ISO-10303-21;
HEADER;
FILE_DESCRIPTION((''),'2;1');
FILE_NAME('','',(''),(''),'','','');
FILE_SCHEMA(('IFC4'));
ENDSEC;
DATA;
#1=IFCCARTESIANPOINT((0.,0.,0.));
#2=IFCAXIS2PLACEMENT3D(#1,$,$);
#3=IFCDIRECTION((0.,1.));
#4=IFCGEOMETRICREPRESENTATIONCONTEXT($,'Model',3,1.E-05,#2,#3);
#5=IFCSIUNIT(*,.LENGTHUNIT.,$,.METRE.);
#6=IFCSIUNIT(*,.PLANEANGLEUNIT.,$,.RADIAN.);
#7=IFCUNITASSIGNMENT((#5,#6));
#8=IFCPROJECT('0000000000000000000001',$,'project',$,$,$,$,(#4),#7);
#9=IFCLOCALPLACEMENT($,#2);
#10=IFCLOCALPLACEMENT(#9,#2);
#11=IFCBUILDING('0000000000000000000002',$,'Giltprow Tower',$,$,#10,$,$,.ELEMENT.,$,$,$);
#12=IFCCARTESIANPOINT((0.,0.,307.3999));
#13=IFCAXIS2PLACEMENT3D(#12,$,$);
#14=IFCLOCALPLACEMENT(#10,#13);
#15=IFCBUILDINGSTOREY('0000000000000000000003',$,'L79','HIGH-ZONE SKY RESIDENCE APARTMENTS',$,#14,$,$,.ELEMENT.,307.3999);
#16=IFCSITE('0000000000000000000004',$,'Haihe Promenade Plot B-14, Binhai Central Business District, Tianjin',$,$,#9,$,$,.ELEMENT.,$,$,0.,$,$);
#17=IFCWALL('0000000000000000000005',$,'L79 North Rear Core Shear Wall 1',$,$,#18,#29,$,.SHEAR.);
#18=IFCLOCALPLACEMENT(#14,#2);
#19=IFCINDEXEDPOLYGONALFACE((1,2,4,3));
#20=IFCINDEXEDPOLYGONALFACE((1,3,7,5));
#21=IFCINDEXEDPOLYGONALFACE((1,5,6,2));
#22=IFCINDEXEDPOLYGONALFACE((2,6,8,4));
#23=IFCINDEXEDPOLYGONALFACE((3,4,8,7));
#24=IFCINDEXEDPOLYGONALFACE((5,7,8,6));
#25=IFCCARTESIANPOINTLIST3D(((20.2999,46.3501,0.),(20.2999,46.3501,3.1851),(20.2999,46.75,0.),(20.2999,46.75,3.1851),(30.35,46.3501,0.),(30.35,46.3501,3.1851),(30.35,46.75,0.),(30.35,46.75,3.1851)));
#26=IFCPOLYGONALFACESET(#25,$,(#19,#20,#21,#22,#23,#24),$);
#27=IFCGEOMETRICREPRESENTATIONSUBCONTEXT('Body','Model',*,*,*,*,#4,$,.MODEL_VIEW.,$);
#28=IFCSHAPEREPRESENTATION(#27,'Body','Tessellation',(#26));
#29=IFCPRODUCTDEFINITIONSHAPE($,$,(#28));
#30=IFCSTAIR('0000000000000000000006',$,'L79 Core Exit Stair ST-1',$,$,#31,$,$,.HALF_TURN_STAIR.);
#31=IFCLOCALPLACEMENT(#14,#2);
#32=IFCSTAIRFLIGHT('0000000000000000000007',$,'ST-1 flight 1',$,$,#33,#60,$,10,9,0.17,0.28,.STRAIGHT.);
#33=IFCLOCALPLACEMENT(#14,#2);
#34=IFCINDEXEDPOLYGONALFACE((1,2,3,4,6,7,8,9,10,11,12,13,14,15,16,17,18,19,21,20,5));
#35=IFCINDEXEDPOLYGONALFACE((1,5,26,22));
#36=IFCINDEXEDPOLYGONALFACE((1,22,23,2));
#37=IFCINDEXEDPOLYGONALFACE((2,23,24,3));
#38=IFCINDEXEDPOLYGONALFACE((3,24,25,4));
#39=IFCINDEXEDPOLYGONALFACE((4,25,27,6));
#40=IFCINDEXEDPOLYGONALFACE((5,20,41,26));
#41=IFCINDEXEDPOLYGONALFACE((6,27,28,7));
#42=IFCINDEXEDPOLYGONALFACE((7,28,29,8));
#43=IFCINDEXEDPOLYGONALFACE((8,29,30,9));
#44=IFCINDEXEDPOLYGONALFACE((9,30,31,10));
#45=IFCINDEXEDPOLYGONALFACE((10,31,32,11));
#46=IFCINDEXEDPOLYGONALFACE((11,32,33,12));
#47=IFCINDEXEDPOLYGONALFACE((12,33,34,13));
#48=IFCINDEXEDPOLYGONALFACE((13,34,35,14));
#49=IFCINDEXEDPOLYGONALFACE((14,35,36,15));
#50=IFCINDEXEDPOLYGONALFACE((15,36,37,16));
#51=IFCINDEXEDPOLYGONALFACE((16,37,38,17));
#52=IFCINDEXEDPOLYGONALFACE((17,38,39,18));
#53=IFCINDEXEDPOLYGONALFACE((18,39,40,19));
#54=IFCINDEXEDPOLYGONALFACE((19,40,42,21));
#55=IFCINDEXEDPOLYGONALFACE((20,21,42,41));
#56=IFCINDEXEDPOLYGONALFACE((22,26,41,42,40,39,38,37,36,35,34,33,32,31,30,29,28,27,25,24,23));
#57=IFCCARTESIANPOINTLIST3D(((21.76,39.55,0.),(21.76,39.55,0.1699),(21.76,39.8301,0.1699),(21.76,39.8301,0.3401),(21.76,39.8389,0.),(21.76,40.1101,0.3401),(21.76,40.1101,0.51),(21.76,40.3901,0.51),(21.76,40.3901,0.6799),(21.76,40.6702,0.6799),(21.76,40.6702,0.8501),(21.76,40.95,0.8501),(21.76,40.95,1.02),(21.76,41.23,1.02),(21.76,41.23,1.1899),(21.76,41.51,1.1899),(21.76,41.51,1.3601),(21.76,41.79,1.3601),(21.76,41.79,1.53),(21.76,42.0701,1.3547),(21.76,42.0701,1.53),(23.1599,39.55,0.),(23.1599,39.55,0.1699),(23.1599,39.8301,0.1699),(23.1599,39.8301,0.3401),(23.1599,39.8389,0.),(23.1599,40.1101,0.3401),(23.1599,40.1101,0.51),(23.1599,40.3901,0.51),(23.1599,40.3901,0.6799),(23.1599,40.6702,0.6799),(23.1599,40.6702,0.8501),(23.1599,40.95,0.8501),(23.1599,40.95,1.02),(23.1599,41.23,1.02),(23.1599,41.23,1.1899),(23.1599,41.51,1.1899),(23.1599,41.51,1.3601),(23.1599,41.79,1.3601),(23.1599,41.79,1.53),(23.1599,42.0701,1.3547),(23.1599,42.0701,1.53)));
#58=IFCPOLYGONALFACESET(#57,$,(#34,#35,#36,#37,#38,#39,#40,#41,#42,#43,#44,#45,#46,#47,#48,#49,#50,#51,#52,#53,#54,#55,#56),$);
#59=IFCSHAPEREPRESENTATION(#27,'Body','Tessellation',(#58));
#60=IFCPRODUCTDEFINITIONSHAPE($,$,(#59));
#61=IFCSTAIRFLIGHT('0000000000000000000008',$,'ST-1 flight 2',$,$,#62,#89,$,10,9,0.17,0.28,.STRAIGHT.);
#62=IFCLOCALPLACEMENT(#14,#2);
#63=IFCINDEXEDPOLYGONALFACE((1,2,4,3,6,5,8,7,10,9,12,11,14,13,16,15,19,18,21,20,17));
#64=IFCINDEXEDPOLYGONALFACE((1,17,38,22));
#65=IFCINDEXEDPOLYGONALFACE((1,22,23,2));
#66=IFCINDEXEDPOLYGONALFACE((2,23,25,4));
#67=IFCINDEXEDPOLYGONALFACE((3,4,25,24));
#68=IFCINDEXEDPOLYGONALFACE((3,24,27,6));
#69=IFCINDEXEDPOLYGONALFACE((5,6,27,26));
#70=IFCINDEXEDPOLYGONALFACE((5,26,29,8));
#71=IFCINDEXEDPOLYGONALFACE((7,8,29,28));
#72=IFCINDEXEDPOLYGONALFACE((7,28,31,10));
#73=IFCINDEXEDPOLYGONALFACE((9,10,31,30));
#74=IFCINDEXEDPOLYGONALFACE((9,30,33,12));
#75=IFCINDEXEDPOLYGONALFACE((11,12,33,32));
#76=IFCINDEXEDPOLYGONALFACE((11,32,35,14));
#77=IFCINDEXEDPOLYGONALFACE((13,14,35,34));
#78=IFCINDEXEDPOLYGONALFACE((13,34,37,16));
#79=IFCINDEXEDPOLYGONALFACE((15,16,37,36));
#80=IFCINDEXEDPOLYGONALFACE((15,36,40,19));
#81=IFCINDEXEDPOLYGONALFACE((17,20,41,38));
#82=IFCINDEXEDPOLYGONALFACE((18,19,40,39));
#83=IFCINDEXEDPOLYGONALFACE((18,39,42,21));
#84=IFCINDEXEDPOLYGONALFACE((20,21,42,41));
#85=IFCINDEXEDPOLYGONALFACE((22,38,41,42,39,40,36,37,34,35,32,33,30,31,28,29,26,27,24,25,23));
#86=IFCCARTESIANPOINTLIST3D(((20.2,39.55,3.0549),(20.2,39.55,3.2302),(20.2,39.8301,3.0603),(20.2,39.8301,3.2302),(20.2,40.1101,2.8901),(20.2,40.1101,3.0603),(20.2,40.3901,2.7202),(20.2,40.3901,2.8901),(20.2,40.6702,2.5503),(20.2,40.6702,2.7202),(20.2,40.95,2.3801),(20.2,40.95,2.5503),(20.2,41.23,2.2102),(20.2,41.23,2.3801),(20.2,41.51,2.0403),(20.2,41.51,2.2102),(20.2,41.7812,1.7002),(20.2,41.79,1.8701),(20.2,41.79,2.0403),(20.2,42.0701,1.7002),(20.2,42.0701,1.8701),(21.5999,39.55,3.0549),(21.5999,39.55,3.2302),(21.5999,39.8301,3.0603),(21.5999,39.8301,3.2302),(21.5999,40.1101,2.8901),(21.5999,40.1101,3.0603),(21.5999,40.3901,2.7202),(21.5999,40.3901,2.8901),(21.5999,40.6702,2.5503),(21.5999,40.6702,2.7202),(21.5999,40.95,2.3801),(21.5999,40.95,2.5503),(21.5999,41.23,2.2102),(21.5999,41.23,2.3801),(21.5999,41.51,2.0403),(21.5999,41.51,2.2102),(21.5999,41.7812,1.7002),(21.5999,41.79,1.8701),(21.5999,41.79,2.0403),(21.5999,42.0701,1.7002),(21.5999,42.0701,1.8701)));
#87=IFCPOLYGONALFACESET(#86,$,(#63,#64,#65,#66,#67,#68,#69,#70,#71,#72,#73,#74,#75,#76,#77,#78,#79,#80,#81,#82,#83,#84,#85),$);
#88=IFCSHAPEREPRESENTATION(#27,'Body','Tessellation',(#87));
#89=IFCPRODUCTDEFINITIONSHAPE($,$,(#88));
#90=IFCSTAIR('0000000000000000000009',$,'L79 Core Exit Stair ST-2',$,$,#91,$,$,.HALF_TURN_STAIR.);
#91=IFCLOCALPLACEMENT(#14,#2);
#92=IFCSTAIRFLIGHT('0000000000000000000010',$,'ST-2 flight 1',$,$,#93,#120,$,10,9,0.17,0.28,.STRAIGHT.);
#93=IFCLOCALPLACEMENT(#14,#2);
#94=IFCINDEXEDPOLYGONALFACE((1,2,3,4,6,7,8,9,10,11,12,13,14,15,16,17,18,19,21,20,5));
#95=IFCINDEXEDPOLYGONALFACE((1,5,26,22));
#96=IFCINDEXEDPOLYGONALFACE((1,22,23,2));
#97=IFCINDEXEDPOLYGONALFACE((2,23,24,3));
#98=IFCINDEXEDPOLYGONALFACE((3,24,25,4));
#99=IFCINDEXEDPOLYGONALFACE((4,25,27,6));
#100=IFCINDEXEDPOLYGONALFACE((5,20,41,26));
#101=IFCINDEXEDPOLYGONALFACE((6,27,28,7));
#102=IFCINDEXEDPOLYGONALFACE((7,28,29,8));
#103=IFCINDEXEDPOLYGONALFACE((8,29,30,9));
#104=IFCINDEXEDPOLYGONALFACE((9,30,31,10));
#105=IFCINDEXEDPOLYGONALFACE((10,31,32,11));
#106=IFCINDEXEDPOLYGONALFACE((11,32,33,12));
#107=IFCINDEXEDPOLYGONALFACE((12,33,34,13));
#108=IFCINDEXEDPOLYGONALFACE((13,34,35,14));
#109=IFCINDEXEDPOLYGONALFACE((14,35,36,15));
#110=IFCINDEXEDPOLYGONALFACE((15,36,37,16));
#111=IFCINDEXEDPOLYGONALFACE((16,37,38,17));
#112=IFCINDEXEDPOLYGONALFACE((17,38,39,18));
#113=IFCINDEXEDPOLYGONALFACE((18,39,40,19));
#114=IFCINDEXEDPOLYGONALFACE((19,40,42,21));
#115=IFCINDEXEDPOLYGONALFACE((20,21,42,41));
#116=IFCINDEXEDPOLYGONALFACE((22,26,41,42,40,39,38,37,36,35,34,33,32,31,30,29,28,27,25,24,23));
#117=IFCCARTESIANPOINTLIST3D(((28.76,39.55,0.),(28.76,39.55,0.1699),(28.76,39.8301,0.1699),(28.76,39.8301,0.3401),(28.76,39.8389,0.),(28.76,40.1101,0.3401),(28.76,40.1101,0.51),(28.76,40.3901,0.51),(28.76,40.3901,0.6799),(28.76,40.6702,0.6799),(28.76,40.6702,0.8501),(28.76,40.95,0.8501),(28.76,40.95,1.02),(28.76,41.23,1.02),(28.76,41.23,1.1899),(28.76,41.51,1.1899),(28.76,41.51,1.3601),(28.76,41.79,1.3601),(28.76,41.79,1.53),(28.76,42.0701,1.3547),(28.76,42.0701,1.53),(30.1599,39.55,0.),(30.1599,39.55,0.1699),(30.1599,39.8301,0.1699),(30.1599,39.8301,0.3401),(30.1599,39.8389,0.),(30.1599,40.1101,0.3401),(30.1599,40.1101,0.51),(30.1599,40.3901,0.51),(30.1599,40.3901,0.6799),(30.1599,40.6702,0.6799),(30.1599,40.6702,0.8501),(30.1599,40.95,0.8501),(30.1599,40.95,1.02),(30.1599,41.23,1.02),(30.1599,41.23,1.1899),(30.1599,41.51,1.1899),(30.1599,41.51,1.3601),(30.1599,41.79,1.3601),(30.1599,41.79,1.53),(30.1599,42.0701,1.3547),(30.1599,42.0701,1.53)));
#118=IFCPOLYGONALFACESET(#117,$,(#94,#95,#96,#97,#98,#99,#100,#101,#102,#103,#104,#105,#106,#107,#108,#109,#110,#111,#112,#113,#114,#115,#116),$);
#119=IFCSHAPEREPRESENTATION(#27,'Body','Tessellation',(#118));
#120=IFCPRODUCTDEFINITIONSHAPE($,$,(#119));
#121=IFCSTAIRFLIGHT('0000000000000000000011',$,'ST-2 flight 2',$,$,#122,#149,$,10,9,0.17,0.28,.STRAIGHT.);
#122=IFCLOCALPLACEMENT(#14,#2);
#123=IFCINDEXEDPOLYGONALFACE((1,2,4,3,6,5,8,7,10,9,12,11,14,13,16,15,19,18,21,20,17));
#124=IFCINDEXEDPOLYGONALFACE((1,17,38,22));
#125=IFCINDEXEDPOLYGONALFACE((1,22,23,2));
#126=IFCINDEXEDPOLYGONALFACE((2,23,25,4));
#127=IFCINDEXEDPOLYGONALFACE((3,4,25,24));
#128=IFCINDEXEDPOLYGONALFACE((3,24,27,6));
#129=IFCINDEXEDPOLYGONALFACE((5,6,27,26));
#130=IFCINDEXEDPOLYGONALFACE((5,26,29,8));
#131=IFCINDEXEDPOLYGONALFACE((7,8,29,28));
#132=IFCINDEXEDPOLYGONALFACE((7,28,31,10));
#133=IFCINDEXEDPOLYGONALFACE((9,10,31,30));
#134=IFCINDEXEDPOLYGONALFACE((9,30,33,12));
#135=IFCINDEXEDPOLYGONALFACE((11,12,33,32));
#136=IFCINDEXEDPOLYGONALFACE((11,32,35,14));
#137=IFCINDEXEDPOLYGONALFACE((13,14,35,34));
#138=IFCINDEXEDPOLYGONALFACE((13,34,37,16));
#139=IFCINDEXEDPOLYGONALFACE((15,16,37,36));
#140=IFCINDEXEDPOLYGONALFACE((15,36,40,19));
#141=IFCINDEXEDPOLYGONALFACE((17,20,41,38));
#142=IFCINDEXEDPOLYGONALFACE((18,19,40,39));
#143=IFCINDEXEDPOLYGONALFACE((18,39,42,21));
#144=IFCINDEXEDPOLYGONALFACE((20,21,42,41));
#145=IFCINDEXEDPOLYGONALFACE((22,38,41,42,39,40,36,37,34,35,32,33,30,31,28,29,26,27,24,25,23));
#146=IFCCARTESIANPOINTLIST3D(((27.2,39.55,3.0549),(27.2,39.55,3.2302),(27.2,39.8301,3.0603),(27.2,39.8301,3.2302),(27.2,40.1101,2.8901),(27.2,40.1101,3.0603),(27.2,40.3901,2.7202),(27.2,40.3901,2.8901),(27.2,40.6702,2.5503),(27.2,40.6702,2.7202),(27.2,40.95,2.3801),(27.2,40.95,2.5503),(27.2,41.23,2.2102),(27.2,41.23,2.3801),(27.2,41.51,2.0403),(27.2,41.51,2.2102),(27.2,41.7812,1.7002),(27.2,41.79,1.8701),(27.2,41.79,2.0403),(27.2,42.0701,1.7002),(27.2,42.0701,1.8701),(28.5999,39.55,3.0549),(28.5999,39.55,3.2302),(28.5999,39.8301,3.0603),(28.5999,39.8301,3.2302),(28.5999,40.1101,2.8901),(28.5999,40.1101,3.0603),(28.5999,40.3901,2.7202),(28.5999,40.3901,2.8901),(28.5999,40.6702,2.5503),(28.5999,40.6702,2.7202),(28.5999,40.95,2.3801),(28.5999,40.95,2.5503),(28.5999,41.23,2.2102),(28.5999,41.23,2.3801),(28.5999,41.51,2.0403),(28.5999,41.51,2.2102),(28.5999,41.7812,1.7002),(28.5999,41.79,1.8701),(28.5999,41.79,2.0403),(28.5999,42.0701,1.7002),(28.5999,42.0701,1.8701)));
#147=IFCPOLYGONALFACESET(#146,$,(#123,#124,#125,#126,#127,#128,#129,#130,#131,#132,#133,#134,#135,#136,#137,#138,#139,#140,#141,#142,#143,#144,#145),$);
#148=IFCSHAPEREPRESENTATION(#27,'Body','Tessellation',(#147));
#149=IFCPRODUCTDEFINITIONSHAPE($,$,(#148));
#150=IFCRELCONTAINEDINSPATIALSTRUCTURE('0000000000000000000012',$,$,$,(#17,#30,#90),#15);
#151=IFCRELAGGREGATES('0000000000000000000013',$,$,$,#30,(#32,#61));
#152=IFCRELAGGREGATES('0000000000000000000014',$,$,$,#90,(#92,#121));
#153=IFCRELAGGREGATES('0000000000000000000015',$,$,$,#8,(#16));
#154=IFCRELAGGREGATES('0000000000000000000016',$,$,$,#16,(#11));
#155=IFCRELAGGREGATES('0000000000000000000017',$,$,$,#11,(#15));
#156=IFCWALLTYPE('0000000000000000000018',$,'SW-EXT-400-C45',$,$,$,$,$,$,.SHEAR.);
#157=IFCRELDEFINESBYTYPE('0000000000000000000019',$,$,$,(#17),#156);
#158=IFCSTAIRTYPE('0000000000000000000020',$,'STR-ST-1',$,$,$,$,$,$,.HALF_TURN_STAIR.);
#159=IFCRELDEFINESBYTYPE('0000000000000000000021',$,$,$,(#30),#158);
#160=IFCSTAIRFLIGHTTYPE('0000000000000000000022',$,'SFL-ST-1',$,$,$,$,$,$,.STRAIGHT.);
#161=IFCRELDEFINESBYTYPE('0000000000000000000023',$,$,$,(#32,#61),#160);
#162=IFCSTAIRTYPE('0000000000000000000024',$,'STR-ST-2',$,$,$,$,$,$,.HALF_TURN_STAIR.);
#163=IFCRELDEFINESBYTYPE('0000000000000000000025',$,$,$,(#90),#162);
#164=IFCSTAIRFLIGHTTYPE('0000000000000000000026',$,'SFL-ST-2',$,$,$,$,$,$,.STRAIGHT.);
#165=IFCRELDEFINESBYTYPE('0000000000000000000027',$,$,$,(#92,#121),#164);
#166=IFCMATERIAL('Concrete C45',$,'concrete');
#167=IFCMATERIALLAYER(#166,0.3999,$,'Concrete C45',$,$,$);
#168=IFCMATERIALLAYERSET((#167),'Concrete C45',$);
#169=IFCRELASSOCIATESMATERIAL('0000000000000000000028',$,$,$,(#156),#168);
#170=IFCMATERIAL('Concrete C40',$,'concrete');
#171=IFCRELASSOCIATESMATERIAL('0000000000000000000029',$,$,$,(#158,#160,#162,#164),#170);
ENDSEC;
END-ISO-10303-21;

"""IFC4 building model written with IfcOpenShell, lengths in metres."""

from ifc_helpers import new_model, si_unit, direction, frame, frame_2d, origin, place, context, subcontext, project, spatial, polyline, rectangle, outline, extrude, material, layer, layer_set, type_object, element, aggregate, save


model = new_model("IFC4")

# Units and contexts
model_context = context("Model", 3, precision=1e-05, world=origin(), true_north=direction((0.0, 1.0)))
body_context = subcontext(model_context, "Body", "Model", "MODEL_VIEW")
ifc_project = project(units=[si_unit("LENGTHUNIT", "METRE"), si_unit("PLANEANGLEUNIT", "RADIAN")], contexts=[model_context])

# Site, building, storey
site_placement = place(None, origin())
site = spatial("IfcSite", under=ifc_project, at=site_placement, Name="Haihe Promenade Plot B-14, Binhai Central Business District, Tianjin", CompositionType="ELEMENT", RefElevation=0.0)
building_placement = place(site_placement, origin())
building = spatial("IfcBuilding", under=site, at=building_placement, Name="Giltprow Tower", CompositionType="ELEMENT")
storey_placement = place(building_placement, frame((0.0, 0.0, 307.3999)))
storey = spatial("IfcBuildingStorey", under=building, at=storey_placement, Name="L79", Description="HIGH-ZONE SKY RESIDENCE APARTMENTS", CompositionType="ELEMENT", Elevation=307.3999)

# Shared definitions
ifc_material_1 = material(Name="Concrete C45", Category="concrete")

# Shared definitions
ifc_material_2 = material(Name="Concrete C40", Category="concrete")

# Wall
ifc_layer_1 = layer(ifc_material_1, 0.3999, Name="Concrete C45")
ifc_layer_set_1 = layer_set([ifc_layer_1], Name="Concrete C45")
wall_type_1 = type_object("IfcWallType", Name="SW-EXT-400-C45", PredefinedType="SHEAR", material=ifc_layer_set_1)
wall_1_placement = place(storey_placement, frame((20.3, 46.55, 0.0), z_axis=(0.0, 0.0, 1.0), x_axis=(1.0, 0.0, 0.0)))
element("IfcWall", 1, at=wall_1_placement, inside=storey, type_object=wall_type_1, Name="L79 North Rear Core Shear Wall 1", PredefinedType="SHEAR", context=body_context, shape_type="SweptSolid", body=[
    extrude(rectangle(XDim=10.05, YDim=0.3999, at=frame_2d((5.0249, 0.0))), origin(), (0.0, 0.0, 1.0), 3.1851),
])

# Stairs, stair flights
stair_type_1 = type_object("IfcStairType", Name="STR-ST-1", PredefinedType="HALF_TURN_STAIR", material=ifc_material_2)
stair_1_placement = place(storey_placement, origin())
stair_1 = element("IfcStair", 2, at=stair_1_placement, inside=storey, type_object=stair_type_1, Name="L79 Core Exit Stair ST-1", PredefinedType="HALF_TURN_STAIR")
stair_flight_type_1 = type_object("IfcStairFlightType", Name="SFL-ST-1", PredefinedType="STRAIGHT", material=ifc_material_2)
stair_flight_1_placement = place(storey_placement, frame((22.46, 39.55, 0.0), z_axis=(0.0, 0.0, 1.0), x_axis=(0.0, 1.0, 0.0)))
stair_flight_1 = element("IfcStairFlight", 3, at=stair_flight_1_placement, type_object=stair_flight_type_1, Name="ST-1 flight 1", NumberOfRisers=10, NumberOfTreads=9, PredefinedType="STRAIGHT", RiserHeight=0.17, TreadLength=0.28, context=body_context, shape_type="SweptSolid", body=[
    extrude(outline(polyline([(0.0, 0.0), (0.0, 0.1699), (0.28, 0.1699), (0.28, 0.3401), (0.5601, 0.3401), (0.5601, 0.51), (0.8401, 0.51), (0.8401, 0.6799), (1.1201, 0.6799), (1.1201, 0.8501), (1.3999, 0.8501), (1.3999, 1.02), (1.6799, 1.02), (1.6799, 1.1899), (1.96, 1.1899), (1.96, 1.3601), (2.24, 1.3601), (2.24, 1.53), (2.52, 1.53), (2.52, 1.7), (2.52, 1.3547), (0.2888, 0.0), (0.0, 0.0)])), frame((0.0, 0.7, 0.0), z_axis=(0.0, -1.0, 0.0), x_axis=(1.0, 0.0, 0.0)), (0.0, 0.0, 1.0), 1.3999),
])
stair_flight_2_placement = place(storey_placement, frame((20.8999, 42.0701, 1.7002), z_axis=(0.0, 0.0, 1.0), x_axis=(0.0, -1.0, 0.0)))
stair_flight_2 = element("IfcStairFlight", 4, at=stair_flight_2_placement, type_object=stair_flight_type_1, Name="ST-1 flight 2", NumberOfRisers=10, NumberOfTreads=9, PredefinedType="STRAIGHT", RiserHeight=0.17, TreadLength=0.28, context=body_context, shape_type="SweptSolid", body=[
    extrude(outline(polyline([(0.0, 0.0), (0.0, 0.1699), (0.28, 0.1699), (0.28, 0.3401), (0.5601, 0.3401), (0.5601, 0.51), (0.8401, 0.51), (0.8401, 0.6799), (1.1201, 0.6799), (1.1201, 0.8501), (1.3999, 0.8501), (1.3999, 1.02), (1.6799, 1.02), (1.6799, 1.1899), (1.96, 1.1899), (1.96, 1.3601), (2.24, 1.3601), (2.24, 1.53), (2.52, 1.53), (2.52, 1.7), (2.52, 1.3547), (0.2888, 0.0), (0.0, 0.0)])), frame((0.0, 0.7, 0.0), z_axis=(0.0, -1.0, 0.0), x_axis=(1.0, 0.0, 0.0)), (0.0, 0.0, 1.0), 1.3999),
])
aggregate(stair_1, [stair_flight_1, stair_flight_2])
stair_type_2 = type_object("IfcStairType", Name="STR-ST-2", PredefinedType="HALF_TURN_STAIR", material=ifc_material_2)
stair_2_placement = place(storey_placement, origin())
stair_2 = element("IfcStair", 5, at=stair_2_placement, inside=storey, type_object=stair_type_2, Name="L79 Core Exit Stair ST-2", PredefinedType="HALF_TURN_STAIR")
stair_flight_type_2 = type_object("IfcStairFlightType", Name="SFL-ST-2", PredefinedType="STRAIGHT", material=ifc_material_2)
stair_flight_3_placement = place(storey_placement, frame((29.46, 39.55, 0.0), z_axis=(0.0, 0.0, 1.0), x_axis=(0.0, 1.0, 0.0)))
stair_flight_3 = element("IfcStairFlight", 6, at=stair_flight_3_placement, type_object=stair_flight_type_2, Name="ST-2 flight 1", NumberOfRisers=10, NumberOfTreads=9, PredefinedType="STRAIGHT", RiserHeight=0.17, TreadLength=0.28, context=body_context, shape_type="SweptSolid", body=[
    extrude(outline(polyline([(0.0, 0.0), (0.0, 0.1699), (0.28, 0.1699), (0.28, 0.3401), (0.5601, 0.3401), (0.5601, 0.51), (0.8401, 0.51), (0.8401, 0.6799), (1.1201, 0.6799), (1.1201, 0.8501), (1.3999, 0.8501), (1.3999, 1.02), (1.6799, 1.02), (1.6799, 1.1899), (1.96, 1.1899), (1.96, 1.3601), (2.24, 1.3601), (2.24, 1.53), (2.52, 1.53), (2.52, 1.7), (2.52, 1.3547), (0.2888, 0.0), (0.0, 0.0)])), frame((0.0, 0.7, 0.0), z_axis=(0.0, -1.0, 0.0), x_axis=(1.0, 0.0, 0.0)), (0.0, 0.0, 1.0), 1.3999),
])
stair_flight_4_placement = place(storey_placement, frame((27.8999, 42.0701, 1.7002), z_axis=(0.0, 0.0, 1.0), x_axis=(0.0, -1.0, 0.0)))
stair_flight_4 = element("IfcStairFlight", 7, at=stair_flight_4_placement, type_object=stair_flight_type_2, Name="ST-2 flight 2", NumberOfRisers=10, NumberOfTreads=9, PredefinedType="STRAIGHT", RiserHeight=0.17, TreadLength=0.28, context=body_context, shape_type="SweptSolid", body=[
    extrude(outline(polyline([(0.0, 0.0), (0.0, 0.1699), (0.28, 0.1699), (0.28, 0.3401), (0.5601, 0.3401), (0.5601, 0.51), (0.8401, 0.51), (0.8401, 0.6799), (1.1201, 0.6799), (1.1201, 0.8501), (1.3999, 0.8501), (1.3999, 1.02), (1.6799, 1.02), (1.6799, 1.1899), (1.96, 1.1899), (1.96, 1.3601), (2.24, 1.3601), (2.24, 1.53), (2.52, 1.53), (2.52, 1.7), (2.52, 1.3547), (0.2888, 0.0), (0.0, 0.0)])), frame((0.0, 0.7, 0.0), z_axis=(0.0, -1.0, 0.0), x_axis=(1.0, 0.0, 0.0)), (0.0, 0.0, 1.0), 1.3999),
])
aggregate(stair_2, [stair_flight_3, stair_flight_4])

save(model, "model.ifc")
